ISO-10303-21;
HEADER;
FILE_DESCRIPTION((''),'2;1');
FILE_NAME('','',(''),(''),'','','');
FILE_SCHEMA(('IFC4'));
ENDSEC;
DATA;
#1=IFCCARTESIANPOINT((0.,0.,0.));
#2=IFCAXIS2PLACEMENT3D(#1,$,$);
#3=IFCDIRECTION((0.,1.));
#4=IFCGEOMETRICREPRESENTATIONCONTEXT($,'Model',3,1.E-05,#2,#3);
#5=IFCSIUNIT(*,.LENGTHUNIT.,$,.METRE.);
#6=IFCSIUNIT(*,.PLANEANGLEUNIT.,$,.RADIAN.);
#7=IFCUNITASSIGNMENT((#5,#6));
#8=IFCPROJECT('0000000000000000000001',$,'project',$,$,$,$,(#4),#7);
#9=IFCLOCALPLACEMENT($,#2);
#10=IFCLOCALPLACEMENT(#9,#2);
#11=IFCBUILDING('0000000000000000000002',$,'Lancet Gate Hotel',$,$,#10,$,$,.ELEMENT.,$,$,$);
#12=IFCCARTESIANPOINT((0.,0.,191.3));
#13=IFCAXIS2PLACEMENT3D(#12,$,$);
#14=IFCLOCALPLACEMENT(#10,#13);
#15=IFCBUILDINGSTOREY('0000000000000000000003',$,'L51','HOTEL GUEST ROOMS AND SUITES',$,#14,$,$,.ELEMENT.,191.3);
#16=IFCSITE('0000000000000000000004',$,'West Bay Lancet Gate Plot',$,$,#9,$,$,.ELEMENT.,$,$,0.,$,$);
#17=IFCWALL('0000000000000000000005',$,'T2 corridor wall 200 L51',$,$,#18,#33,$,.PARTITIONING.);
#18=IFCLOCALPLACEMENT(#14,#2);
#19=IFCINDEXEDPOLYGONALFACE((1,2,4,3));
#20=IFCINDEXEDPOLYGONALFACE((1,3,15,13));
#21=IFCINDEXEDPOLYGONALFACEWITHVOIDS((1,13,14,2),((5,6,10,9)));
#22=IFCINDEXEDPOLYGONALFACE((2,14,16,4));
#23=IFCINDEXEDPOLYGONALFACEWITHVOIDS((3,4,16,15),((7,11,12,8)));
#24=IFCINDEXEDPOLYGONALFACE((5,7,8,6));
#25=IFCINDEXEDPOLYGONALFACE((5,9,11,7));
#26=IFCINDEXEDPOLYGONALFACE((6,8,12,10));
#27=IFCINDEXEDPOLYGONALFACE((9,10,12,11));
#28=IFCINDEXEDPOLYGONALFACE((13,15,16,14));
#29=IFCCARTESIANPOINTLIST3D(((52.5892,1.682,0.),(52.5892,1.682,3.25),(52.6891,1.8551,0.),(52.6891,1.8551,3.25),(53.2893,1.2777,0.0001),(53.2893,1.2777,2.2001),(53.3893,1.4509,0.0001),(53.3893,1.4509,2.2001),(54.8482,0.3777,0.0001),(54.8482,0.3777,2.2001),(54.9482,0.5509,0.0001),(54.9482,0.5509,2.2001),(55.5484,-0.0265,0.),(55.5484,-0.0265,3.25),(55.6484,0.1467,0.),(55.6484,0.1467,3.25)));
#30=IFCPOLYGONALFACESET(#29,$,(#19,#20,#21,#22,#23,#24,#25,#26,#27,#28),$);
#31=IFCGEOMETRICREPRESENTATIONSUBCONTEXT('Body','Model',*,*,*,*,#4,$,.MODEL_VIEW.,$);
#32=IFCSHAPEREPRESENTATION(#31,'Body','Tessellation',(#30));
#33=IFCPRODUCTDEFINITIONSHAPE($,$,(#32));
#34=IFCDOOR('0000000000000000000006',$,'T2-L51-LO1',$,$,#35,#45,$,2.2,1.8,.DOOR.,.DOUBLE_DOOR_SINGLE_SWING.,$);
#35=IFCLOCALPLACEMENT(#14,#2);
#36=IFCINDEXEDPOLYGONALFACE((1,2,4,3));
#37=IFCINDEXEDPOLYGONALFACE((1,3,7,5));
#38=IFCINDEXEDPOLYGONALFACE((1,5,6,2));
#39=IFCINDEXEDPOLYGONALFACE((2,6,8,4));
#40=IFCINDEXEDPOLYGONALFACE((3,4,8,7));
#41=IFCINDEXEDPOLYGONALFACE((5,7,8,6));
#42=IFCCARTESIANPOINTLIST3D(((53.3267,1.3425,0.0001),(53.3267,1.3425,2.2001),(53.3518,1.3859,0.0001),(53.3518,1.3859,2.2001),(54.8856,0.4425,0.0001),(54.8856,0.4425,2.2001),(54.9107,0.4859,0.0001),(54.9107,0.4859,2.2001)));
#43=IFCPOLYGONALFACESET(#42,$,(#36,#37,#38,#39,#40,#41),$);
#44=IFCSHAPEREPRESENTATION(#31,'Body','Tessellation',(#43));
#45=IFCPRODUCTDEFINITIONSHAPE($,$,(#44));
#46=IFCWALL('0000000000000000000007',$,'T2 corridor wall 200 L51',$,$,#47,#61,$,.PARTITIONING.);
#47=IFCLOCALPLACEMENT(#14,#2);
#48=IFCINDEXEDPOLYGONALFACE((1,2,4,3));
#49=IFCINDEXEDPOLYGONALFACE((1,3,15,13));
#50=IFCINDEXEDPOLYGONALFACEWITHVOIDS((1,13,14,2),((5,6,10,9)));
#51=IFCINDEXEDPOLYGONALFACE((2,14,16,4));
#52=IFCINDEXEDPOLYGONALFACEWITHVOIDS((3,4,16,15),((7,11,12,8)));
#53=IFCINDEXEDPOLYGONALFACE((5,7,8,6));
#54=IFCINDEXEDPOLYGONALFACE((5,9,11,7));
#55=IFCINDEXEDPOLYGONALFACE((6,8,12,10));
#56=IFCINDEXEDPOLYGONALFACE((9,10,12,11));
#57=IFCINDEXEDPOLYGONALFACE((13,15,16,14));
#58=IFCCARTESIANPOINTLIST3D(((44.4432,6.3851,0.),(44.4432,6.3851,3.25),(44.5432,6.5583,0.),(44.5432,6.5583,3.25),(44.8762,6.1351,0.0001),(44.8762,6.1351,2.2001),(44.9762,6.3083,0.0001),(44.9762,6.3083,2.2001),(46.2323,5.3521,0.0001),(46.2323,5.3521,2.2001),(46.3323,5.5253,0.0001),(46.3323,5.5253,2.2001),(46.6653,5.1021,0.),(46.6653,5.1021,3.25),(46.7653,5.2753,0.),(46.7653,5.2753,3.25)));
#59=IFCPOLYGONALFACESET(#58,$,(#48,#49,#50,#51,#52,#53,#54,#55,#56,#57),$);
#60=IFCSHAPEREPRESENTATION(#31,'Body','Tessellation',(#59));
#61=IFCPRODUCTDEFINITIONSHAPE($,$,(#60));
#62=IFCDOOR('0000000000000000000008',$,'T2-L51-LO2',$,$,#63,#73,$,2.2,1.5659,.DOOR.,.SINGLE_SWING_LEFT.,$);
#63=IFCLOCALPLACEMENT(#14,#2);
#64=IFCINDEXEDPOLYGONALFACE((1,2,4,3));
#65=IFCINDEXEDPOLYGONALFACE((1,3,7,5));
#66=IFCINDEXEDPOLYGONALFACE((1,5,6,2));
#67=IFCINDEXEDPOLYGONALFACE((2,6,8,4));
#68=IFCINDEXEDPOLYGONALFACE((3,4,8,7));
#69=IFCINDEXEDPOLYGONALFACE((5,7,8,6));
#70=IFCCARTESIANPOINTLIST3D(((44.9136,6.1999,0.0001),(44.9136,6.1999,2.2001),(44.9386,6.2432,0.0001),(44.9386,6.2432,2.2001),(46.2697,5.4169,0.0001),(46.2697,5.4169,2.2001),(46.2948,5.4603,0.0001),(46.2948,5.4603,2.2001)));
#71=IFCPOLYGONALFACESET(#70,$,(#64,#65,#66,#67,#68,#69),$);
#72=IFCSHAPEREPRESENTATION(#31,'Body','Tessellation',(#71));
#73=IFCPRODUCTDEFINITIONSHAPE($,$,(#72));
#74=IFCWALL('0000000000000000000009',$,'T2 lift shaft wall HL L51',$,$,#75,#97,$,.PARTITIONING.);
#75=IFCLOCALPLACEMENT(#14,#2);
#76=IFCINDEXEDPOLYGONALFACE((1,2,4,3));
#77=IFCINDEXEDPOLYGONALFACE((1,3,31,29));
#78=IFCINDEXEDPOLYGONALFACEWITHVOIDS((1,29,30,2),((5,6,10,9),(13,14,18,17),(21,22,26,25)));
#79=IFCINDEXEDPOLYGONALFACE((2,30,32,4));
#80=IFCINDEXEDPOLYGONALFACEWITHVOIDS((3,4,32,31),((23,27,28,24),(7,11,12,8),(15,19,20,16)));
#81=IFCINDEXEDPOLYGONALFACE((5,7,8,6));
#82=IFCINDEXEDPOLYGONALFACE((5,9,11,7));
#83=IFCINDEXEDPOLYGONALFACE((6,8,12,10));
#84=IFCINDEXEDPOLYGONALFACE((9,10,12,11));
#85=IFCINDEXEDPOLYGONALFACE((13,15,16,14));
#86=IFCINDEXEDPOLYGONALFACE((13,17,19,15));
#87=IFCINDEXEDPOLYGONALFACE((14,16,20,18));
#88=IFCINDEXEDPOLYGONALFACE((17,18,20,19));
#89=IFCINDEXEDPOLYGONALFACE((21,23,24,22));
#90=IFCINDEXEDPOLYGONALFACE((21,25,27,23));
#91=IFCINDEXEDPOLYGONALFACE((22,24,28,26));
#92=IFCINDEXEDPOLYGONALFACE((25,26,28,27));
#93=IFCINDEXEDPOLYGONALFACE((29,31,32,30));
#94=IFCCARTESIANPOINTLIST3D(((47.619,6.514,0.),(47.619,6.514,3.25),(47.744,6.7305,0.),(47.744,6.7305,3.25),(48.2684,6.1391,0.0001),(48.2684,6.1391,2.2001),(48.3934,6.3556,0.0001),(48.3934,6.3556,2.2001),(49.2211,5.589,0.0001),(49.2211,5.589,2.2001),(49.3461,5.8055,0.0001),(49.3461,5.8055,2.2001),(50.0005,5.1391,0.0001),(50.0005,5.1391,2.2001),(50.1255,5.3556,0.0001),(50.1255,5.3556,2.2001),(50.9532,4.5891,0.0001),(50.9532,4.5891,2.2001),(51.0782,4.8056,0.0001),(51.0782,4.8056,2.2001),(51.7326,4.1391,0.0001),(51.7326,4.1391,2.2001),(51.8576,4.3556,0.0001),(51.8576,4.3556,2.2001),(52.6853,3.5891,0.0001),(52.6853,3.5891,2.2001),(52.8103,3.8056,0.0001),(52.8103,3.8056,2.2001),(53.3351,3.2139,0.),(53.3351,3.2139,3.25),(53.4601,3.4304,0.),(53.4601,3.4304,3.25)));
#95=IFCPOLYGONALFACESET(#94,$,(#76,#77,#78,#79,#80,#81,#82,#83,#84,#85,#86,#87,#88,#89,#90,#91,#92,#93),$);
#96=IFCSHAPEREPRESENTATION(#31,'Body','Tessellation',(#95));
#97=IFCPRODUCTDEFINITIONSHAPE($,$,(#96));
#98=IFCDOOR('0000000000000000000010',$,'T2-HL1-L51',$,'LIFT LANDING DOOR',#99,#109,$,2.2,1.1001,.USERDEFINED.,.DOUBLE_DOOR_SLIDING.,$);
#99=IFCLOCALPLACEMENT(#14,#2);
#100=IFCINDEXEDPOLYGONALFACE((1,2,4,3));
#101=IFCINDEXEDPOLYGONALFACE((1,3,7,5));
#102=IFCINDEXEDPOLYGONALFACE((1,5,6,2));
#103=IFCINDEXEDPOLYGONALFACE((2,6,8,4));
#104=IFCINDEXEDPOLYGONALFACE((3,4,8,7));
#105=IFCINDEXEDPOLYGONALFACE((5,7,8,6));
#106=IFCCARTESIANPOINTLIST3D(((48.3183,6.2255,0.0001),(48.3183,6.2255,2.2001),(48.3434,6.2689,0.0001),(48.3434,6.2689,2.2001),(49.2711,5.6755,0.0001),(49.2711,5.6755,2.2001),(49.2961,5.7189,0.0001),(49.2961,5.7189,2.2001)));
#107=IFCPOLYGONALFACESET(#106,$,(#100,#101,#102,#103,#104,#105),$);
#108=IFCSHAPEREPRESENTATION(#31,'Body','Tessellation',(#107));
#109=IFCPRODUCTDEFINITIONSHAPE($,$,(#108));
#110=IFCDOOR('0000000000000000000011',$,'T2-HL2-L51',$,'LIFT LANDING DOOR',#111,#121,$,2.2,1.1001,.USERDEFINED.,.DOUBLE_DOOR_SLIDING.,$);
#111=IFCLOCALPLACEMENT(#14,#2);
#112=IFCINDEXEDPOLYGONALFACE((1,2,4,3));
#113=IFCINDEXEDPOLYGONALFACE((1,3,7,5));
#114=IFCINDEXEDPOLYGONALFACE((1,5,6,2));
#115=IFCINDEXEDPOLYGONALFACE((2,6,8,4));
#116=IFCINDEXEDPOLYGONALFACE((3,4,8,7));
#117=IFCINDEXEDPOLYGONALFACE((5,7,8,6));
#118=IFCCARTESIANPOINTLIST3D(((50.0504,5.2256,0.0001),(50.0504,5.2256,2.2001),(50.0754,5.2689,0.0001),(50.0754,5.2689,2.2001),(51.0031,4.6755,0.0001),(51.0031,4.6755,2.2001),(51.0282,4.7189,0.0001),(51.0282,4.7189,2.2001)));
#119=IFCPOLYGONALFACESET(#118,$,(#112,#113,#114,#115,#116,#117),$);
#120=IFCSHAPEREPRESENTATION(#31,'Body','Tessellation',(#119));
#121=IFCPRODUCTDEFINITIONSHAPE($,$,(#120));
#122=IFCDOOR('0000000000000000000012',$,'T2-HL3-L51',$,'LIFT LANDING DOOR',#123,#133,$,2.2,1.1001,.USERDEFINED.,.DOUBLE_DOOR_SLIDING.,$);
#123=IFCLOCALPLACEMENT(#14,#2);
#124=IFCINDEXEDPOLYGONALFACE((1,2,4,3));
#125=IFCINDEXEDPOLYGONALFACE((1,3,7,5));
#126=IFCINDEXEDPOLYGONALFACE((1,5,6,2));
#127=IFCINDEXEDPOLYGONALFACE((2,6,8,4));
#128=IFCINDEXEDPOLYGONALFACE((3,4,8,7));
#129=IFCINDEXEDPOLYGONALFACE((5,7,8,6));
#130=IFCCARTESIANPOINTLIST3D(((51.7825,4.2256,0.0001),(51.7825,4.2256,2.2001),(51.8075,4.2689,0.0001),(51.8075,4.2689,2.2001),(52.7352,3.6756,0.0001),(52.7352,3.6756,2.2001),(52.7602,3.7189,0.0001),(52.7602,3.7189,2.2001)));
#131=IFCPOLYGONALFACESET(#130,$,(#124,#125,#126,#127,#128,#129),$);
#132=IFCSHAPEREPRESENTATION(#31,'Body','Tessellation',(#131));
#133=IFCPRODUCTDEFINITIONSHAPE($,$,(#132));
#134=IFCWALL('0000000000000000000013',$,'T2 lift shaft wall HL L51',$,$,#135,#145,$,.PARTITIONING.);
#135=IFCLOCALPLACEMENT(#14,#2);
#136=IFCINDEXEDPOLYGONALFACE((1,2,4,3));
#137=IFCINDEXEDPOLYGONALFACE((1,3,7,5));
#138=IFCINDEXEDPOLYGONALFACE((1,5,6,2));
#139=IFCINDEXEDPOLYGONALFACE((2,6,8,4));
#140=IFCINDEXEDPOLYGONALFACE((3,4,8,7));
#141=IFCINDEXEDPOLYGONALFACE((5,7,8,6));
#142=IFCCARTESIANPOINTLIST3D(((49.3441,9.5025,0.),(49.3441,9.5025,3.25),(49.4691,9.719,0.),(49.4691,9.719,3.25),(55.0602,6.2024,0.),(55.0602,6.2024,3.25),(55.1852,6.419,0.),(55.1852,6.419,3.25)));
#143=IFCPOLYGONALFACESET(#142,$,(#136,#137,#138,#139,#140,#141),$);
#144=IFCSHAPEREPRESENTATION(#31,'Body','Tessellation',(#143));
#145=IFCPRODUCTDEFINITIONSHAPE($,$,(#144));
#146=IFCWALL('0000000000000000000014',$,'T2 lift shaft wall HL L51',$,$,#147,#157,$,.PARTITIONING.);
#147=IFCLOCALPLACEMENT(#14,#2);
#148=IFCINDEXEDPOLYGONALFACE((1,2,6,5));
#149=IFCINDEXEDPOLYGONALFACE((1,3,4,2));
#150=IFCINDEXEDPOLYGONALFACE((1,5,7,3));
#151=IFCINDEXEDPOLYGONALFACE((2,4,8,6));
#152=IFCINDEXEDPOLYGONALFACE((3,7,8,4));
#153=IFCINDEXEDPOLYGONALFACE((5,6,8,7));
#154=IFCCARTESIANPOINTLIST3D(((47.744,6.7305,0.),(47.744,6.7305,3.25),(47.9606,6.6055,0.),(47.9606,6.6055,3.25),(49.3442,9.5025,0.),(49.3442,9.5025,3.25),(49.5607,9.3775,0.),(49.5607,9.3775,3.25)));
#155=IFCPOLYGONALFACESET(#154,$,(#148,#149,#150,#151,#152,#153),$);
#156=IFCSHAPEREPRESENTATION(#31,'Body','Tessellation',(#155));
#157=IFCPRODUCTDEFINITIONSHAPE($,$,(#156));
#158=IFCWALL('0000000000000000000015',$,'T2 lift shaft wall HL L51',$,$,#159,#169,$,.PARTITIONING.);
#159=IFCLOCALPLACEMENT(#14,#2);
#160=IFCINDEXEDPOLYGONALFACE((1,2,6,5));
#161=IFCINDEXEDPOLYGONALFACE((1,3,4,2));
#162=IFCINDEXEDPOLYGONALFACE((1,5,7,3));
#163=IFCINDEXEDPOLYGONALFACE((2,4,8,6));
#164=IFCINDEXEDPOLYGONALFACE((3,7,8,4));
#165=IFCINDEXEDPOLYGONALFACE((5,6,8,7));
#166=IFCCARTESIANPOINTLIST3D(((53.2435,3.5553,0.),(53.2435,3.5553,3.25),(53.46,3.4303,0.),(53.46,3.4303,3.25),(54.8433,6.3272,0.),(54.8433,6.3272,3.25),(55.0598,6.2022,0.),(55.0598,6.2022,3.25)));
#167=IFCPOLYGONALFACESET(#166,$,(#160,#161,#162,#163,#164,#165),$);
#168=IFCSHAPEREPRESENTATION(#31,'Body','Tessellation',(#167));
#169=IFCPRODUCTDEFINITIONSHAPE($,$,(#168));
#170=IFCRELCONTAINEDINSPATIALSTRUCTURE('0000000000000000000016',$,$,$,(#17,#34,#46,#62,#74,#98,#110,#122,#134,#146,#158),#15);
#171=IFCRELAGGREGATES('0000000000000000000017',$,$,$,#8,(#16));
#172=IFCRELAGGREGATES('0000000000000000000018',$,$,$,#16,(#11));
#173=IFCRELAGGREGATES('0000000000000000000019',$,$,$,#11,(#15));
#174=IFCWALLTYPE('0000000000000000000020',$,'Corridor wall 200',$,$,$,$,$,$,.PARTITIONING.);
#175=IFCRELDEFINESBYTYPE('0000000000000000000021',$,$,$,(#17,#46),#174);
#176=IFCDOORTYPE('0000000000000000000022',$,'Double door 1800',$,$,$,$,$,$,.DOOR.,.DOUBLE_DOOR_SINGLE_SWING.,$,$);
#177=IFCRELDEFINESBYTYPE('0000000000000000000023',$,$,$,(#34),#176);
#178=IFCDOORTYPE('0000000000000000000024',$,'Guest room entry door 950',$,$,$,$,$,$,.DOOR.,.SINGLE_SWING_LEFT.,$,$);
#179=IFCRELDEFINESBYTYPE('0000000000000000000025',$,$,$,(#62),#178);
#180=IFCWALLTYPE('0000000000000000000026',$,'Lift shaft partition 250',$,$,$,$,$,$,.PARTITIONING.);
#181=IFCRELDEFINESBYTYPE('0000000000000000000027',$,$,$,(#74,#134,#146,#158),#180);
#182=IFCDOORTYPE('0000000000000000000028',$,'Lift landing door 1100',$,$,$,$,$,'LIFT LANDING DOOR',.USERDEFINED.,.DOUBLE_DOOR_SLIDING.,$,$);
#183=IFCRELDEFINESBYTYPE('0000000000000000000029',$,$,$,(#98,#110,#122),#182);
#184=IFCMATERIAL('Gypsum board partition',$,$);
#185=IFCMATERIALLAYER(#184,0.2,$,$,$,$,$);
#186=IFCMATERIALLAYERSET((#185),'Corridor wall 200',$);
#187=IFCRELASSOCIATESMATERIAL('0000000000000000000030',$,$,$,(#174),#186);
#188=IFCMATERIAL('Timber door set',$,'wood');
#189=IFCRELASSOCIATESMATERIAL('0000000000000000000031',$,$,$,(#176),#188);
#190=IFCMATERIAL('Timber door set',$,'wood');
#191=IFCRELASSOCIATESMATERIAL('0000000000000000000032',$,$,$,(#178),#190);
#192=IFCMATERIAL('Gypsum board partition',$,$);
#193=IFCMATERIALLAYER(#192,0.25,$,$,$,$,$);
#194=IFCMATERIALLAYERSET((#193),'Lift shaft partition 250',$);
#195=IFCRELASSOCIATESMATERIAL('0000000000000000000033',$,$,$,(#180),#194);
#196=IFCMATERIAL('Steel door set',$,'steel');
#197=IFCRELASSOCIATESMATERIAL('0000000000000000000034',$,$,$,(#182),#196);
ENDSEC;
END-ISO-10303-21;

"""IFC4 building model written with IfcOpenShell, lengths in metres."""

from ifc_helpers import new_model, si_unit, direction, frame, frame_2d, origin, place, context, subcontext, project, spatial, rectangle, extrude, material, layer, layer_set, type_object, element, fill, save


model = new_model("IFC4")

# Units and contexts
model_context = context("Model", 3, precision=1e-05, world=origin(), true_north=direction((0.0, 1.0)))
body_context = subcontext(model_context, "Body", "Model", "MODEL_VIEW")
ifc_project = project(units=[si_unit("LENGTHUNIT", "METRE"), si_unit("PLANEANGLEUNIT", "RADIAN")], contexts=[model_context])

# Site, building, storey
site_placement = place(None, origin())
site = spatial("IfcSite", under=ifc_project, at=site_placement, Name="West Bay Lancet Gate Plot", CompositionType="ELEMENT", RefElevation=0.0)
building_placement = place(site_placement, origin())
building = spatial("IfcBuilding", under=site, at=building_placement, Name="Lancet Gate Hotel", CompositionType="ELEMENT")
storey_placement = place(building_placement, frame((0.0, 0.0, 191.3)))
storey = spatial("IfcBuildingStorey", under=building, at=storey_placement, Name="L51", Description="HOTEL GUEST ROOMS AND SUITES", CompositionType="ELEMENT", Elevation=191.3)

# Walls, openings, doors
ifc_material_1 = material(Name="Gypsum board partition")
ifc_layer_1 = layer(ifc_material_1, 0.2)
ifc_layer_set_1 = layer_set([ifc_layer_1], Name="Corridor wall 200")
wall_type_1 = type_object("IfcWallType", Name="Corridor wall 200", PredefinedType="PARTITIONING", material=ifc_layer_set_1)
wall_1_placement = place(storey_placement, frame((52.6392, 1.7686, 0.0), z_axis=(0.0, 0.0, 1.0), x_axis=(0.866027, -0.499997, 0.0)))
wall_1 = element("IfcWall", 1, at=wall_1_placement, inside=storey, type_object=wall_type_1, Name="T2 corridor wall 200 L51", PredefinedType="PARTITIONING", context=body_context, shape_type="SweptSolid", body=[
    extrude(rectangle(XDim=3.417, YDim=0.2, at=frame_2d((1.7085, 0.0))), origin(), (0.0, 0.0, 1.0), 3.25),
])
opening_1_placement = place(wall_1_placement, frame((0.8086, 0.0, 0.0)))
opening_1 = element("IfcOpeningElement", 2, at=opening_1_placement, cuts=wall_1, PredefinedType="OPENING", context=body_context, shape_type="SweptSolid", body=[
    extrude(rectangle(XDim=1.8, YDim=2.2, at=frame_2d((0.8999, 1.1001))), frame((0.0, 0.1099, 0.0), z_axis=(0.0, -1.0, 0.0), x_axis=(1.0, 0.0, 0.0)), (0.0, 0.0, 1.0), 0.22),
])
ifc_material_2 = material(Name="Timber door set", Category="wood")
door_type_1 = type_object("IfcDoorType", Name="Double door 1800", OperationType="DOUBLE_DOOR_SINGLE_SWING", PredefinedType="DOOR", material=ifc_material_2)
door_1_placement = place(opening_1_placement, origin())
door_1 = element("IfcDoor", 3, at=door_1_placement, inside=storey, type_object=door_type_1, Name="T2-L51-LO1", OperationType="DOUBLE_DOOR_SINGLE_SWING", OverallHeight=2.2, OverallWidth=1.8, PredefinedType="DOOR", context=body_context, shape_type="SweptSolid", body=[
    extrude(rectangle(XDim=1.8, YDim=2.2, at=frame_2d((0.8999, 1.1001))), frame((0.0, 0.0249, 0.0), z_axis=(0.0, -1.0, 0.0), x_axis=(1.0, 0.0, 0.0)), (0.0, 0.0, 1.0), 0.05),
])
fill(opening_1, door_1)
wall_2_placement = place(storey_placement, frame((44.4932, 6.4717, 0.0), z_axis=(0.0, 0.0, 1.0), x_axis=(0.866027, -0.499997, 0.0)))
wall_2 = element("IfcWall", 4, at=wall_2_placement, inside=storey, type_object=wall_type_1, Name="T2 corridor wall 200 L51", PredefinedType="PARTITIONING", context=body_context, shape_type="SweptSolid", body=[
    extrude(rectangle(XDim=2.5659, YDim=0.2, at=frame_2d((1.283, 0.0))), origin(), (0.0, 0.0, 1.0), 3.25),
])
opening_2_placement = place(wall_2_placement, frame((0.5, 0.0, 0.0)))
opening_2 = element("IfcOpeningElement", 5, at=opening_2_placement, cuts=wall_2, PredefinedType="OPENING", context=body_context, shape_type="SweptSolid", body=[
    extrude(rectangle(XDim=1.5659, YDim=2.2, at=frame_2d((0.783, 1.1001))), frame((0.0, 0.1099, 0.0), z_axis=(0.0, -1.0, 0.0), x_axis=(1.0, 0.0, 0.0)), (0.0, 0.0, 1.0), 0.22),
])
ifc_material_3 = material(Name="Timber door set", Category="wood")
door_type_2 = type_object("IfcDoorType", Name="Guest room entry door 950", OperationType="SINGLE_SWING_LEFT", PredefinedType="DOOR", material=ifc_material_3)
door_2_placement = place(opening_2_placement, origin())
door_2 = element("IfcDoor", 6, at=door_2_placement, inside=storey, type_object=door_type_2, Name="T2-L51-LO2", OperationType="SINGLE_SWING_LEFT", OverallHeight=2.2, OverallWidth=1.5659, PredefinedType="DOOR", context=body_context, shape_type="SweptSolid", body=[
    extrude(rectangle(XDim=1.5659, YDim=2.2, at=frame_2d((0.783, 1.1001))), frame((0.0, 0.0249, 0.0), z_axis=(0.0, -1.0, 0.0), x_axis=(1.0, 0.0, 0.0)), (0.0, 0.0, 1.0), 0.05),
])
fill(opening_2, door_2)

# Wall, openings, doors
ifc_material_4 = material(Name="Gypsum board partition")
ifc_layer_2 = layer(ifc_material_4, 0.25)
ifc_layer_set_2 = layer_set([ifc_layer_2], Name="Lift shaft partition 250")
wall_type_2 = type_object("IfcWallType", Name="Lift shaft partition 250", PredefinedType="PARTITIONING", material=ifc_layer_set_2)
wall_3_placement = place(storey_placement, frame((47.6814, 6.6223, 0.0), z_axis=(0.0, 0.0, 1.0), x_axis=(0.866033, -0.499986, 0.0)))
wall_3 = element("IfcWall", 7, at=wall_3_placement, inside=storey, type_object=wall_type_2, Name="T2 lift shaft wall HL L51", PredefinedType="PARTITIONING", context=body_context, shape_type="SweptSolid", body=[
    extrude(rectangle(XDim=6.6003, YDim=0.25, at=frame_2d((3.3003, 0.0))), origin(), (0.0, 0.0, 1.0), 3.25),
])
opening_3_placement = place(wall_3_placement, frame((0.75, 0.0, 0.0)))
opening_3 = element("IfcOpeningElement", 8, at=opening_3_placement, cuts=wall_3, PredefinedType="OPENING", context=body_context, shape_type="SweptSolid", body=[
    extrude(rectangle(XDim=1.1001, YDim=2.2, at=frame_2d((0.55, 1.1001))), frame((0.0, 0.135, 0.0), z_axis=(0.0, -1.0, 0.0), x_axis=(1.0, 0.0, 0.0)), (0.0, 0.0, 1.0), 0.27),
])
opening_4_placement = place(wall_3_placement, frame((2.75, 0.0, 0.0)))
opening_4 = element("IfcOpeningElement", 9, at=opening_4_placement, cuts=wall_3, PredefinedType="OPENING", context=body_context, shape_type="SweptSolid", body=[
    extrude(rectangle(XDim=1.1001, YDim=2.2, at=frame_2d((0.55, 1.1001))), frame((0.0, 0.135, 0.0), z_axis=(0.0, -1.0, 0.0), x_axis=(1.0, 0.0, 0.0)), (0.0, 0.0, 1.0), 0.27),
])
opening_5_placement = place(wall_3_placement, frame((4.75, 0.0, 0.0)))
opening_5 = element("IfcOpeningElement", 10, at=opening_5_placement, cuts=wall_3, PredefinedType="OPENING", context=body_context, shape_type="SweptSolid", body=[
    extrude(rectangle(XDim=1.1001, YDim=2.2, at=frame_2d((0.55, 1.1001))), frame((0.0, 0.135, 0.0), z_axis=(0.0, -1.0, 0.0), x_axis=(1.0, 0.0, 0.0)), (0.0, 0.0, 1.0), 0.27),
])
ifc_material_5 = material(Name="Steel door set", Category="steel")
door_type_3 = type_object("IfcDoorType", Name="Lift landing door 1100", ElementType="LIFT LANDING DOOR", OperationType="DOUBLE_DOOR_SLIDING", PredefinedType="USERDEFINED", material=ifc_material_5)
door_3_placement = place(opening_3_placement, origin())
door_3 = element("IfcDoor", 11, at=door_3_placement, inside=storey, type_object=door_type_3, Name="T2-HL1-L51", ObjectType="LIFT LANDING DOOR", OperationType="DOUBLE_DOOR_SLIDING", OverallHeight=2.2, OverallWidth=1.1001, PredefinedType="USERDEFINED", context=body_context, shape_type="SweptSolid", body=[
    extrude(rectangle(XDim=1.1001, YDim=2.2, at=frame_2d((0.55, 1.1001))), frame((0.0, 0.0249, 0.0), z_axis=(0.0, -1.0, 0.0), x_axis=(1.0, 0.0, 0.0)), (0.0, 0.0, 1.0), 0.05),
])
fill(opening_3, door_3)
door_4_placement = place(opening_4_placement, origin())
door_4 = element("IfcDoor", 12, at=door_4_placement, inside=storey, type_object=door_type_3, Name="T2-HL2-L51", ObjectType="LIFT LANDING DOOR", OperationType="DOUBLE_DOOR_SLIDING", OverallHeight=2.2, OverallWidth=1.1001, PredefinedType="USERDEFINED", context=body_context, shape_type="SweptSolid", body=[
    extrude(rectangle(XDim=1.1001, YDim=2.2, at=frame_2d((0.55, 1.1001))), frame((0.0, 0.0249, 0.0), z_axis=(0.0, -1.0, 0.0), x_axis=(1.0, 0.0, 0.0)), (0.0, 0.0, 1.0), 0.05),
])
fill(opening_4, door_4)
door_5_placement = place(opening_5_placement, origin())
door_5 = element("IfcDoor", 13, at=door_5_placement, inside=storey, type_object=door_type_3, Name="T2-HL3-L51", ObjectType="LIFT LANDING DOOR", OperationType="DOUBLE_DOOR_SLIDING", OverallHeight=2.2, OverallWidth=1.1001, PredefinedType="USERDEFINED", context=body_context, shape_type="SweptSolid", body=[
    extrude(rectangle(XDim=1.1001, YDim=2.2, at=frame_2d((0.55, 1.1001))), frame((0.0, 0.0249, 0.0), z_axis=(0.0, -1.0, 0.0), x_axis=(1.0, 0.0, 0.0)), (0.0, 0.0, 1.0), 0.05),
])
fill(opening_5, door_5)

# Walls
wall_4_placement = place(storey_placement, frame((49.4065, 9.6108, 0.0), z_axis=(0.0, 0.0, 1.0), x_axis=(0.866033, -0.499986, 0.0)))
element("IfcWall", 14, at=wall_4_placement, inside=storey, type_object=wall_type_2, Name="T2 lift shaft wall HL L51", PredefinedType="PARTITIONING", context=body_context, shape_type="SweptSolid", body=[
    extrude(rectangle(XDim=6.6003, YDim=0.25, at=frame_2d((3.3003, 0.0))), origin(), (0.0, 0.0, 1.0), 3.25),
])
wall_5_placement = place(storey_placement, frame((47.8523, 6.668, 0.0), z_axis=(0.0, 0.0, 1.0), x_axis=(0.499929, 0.866066, 0.0)))
element("IfcWall", 15, at=wall_5_placement, inside=storey, type_object=wall_type_2, Name="T2 lift shaft wall HL L51", PredefinedType="PARTITIONING", context=body_context, shape_type="SweptSolid", body=[
    extrude(rectangle(XDim=3.2007, YDim=0.25, at=frame_2d((1.6003, 0.0))), origin(), (0.0, 0.0, 1.0), 3.25),
])
wall_6_placement = place(storey_placement, frame((53.3518, 3.4929, 0.0), z_axis=(0.0, 0.0, 1.0), x_axis=(0.499872, 0.866099, 0.0)))
element("IfcWall", 16, at=wall_6_placement, inside=storey, type_object=wall_type_2, Name="T2 lift shaft wall HL L51", PredefinedType="PARTITIONING", context=body_context, shape_type="SweptSolid", body=[
    extrude(rectangle(XDim=3.2004, YDim=0.25, at=frame_2d((1.6001, 0.0))), origin(), (0.0, 0.0, 1.0), 3.25),
])

save(model, "model.ifc")
